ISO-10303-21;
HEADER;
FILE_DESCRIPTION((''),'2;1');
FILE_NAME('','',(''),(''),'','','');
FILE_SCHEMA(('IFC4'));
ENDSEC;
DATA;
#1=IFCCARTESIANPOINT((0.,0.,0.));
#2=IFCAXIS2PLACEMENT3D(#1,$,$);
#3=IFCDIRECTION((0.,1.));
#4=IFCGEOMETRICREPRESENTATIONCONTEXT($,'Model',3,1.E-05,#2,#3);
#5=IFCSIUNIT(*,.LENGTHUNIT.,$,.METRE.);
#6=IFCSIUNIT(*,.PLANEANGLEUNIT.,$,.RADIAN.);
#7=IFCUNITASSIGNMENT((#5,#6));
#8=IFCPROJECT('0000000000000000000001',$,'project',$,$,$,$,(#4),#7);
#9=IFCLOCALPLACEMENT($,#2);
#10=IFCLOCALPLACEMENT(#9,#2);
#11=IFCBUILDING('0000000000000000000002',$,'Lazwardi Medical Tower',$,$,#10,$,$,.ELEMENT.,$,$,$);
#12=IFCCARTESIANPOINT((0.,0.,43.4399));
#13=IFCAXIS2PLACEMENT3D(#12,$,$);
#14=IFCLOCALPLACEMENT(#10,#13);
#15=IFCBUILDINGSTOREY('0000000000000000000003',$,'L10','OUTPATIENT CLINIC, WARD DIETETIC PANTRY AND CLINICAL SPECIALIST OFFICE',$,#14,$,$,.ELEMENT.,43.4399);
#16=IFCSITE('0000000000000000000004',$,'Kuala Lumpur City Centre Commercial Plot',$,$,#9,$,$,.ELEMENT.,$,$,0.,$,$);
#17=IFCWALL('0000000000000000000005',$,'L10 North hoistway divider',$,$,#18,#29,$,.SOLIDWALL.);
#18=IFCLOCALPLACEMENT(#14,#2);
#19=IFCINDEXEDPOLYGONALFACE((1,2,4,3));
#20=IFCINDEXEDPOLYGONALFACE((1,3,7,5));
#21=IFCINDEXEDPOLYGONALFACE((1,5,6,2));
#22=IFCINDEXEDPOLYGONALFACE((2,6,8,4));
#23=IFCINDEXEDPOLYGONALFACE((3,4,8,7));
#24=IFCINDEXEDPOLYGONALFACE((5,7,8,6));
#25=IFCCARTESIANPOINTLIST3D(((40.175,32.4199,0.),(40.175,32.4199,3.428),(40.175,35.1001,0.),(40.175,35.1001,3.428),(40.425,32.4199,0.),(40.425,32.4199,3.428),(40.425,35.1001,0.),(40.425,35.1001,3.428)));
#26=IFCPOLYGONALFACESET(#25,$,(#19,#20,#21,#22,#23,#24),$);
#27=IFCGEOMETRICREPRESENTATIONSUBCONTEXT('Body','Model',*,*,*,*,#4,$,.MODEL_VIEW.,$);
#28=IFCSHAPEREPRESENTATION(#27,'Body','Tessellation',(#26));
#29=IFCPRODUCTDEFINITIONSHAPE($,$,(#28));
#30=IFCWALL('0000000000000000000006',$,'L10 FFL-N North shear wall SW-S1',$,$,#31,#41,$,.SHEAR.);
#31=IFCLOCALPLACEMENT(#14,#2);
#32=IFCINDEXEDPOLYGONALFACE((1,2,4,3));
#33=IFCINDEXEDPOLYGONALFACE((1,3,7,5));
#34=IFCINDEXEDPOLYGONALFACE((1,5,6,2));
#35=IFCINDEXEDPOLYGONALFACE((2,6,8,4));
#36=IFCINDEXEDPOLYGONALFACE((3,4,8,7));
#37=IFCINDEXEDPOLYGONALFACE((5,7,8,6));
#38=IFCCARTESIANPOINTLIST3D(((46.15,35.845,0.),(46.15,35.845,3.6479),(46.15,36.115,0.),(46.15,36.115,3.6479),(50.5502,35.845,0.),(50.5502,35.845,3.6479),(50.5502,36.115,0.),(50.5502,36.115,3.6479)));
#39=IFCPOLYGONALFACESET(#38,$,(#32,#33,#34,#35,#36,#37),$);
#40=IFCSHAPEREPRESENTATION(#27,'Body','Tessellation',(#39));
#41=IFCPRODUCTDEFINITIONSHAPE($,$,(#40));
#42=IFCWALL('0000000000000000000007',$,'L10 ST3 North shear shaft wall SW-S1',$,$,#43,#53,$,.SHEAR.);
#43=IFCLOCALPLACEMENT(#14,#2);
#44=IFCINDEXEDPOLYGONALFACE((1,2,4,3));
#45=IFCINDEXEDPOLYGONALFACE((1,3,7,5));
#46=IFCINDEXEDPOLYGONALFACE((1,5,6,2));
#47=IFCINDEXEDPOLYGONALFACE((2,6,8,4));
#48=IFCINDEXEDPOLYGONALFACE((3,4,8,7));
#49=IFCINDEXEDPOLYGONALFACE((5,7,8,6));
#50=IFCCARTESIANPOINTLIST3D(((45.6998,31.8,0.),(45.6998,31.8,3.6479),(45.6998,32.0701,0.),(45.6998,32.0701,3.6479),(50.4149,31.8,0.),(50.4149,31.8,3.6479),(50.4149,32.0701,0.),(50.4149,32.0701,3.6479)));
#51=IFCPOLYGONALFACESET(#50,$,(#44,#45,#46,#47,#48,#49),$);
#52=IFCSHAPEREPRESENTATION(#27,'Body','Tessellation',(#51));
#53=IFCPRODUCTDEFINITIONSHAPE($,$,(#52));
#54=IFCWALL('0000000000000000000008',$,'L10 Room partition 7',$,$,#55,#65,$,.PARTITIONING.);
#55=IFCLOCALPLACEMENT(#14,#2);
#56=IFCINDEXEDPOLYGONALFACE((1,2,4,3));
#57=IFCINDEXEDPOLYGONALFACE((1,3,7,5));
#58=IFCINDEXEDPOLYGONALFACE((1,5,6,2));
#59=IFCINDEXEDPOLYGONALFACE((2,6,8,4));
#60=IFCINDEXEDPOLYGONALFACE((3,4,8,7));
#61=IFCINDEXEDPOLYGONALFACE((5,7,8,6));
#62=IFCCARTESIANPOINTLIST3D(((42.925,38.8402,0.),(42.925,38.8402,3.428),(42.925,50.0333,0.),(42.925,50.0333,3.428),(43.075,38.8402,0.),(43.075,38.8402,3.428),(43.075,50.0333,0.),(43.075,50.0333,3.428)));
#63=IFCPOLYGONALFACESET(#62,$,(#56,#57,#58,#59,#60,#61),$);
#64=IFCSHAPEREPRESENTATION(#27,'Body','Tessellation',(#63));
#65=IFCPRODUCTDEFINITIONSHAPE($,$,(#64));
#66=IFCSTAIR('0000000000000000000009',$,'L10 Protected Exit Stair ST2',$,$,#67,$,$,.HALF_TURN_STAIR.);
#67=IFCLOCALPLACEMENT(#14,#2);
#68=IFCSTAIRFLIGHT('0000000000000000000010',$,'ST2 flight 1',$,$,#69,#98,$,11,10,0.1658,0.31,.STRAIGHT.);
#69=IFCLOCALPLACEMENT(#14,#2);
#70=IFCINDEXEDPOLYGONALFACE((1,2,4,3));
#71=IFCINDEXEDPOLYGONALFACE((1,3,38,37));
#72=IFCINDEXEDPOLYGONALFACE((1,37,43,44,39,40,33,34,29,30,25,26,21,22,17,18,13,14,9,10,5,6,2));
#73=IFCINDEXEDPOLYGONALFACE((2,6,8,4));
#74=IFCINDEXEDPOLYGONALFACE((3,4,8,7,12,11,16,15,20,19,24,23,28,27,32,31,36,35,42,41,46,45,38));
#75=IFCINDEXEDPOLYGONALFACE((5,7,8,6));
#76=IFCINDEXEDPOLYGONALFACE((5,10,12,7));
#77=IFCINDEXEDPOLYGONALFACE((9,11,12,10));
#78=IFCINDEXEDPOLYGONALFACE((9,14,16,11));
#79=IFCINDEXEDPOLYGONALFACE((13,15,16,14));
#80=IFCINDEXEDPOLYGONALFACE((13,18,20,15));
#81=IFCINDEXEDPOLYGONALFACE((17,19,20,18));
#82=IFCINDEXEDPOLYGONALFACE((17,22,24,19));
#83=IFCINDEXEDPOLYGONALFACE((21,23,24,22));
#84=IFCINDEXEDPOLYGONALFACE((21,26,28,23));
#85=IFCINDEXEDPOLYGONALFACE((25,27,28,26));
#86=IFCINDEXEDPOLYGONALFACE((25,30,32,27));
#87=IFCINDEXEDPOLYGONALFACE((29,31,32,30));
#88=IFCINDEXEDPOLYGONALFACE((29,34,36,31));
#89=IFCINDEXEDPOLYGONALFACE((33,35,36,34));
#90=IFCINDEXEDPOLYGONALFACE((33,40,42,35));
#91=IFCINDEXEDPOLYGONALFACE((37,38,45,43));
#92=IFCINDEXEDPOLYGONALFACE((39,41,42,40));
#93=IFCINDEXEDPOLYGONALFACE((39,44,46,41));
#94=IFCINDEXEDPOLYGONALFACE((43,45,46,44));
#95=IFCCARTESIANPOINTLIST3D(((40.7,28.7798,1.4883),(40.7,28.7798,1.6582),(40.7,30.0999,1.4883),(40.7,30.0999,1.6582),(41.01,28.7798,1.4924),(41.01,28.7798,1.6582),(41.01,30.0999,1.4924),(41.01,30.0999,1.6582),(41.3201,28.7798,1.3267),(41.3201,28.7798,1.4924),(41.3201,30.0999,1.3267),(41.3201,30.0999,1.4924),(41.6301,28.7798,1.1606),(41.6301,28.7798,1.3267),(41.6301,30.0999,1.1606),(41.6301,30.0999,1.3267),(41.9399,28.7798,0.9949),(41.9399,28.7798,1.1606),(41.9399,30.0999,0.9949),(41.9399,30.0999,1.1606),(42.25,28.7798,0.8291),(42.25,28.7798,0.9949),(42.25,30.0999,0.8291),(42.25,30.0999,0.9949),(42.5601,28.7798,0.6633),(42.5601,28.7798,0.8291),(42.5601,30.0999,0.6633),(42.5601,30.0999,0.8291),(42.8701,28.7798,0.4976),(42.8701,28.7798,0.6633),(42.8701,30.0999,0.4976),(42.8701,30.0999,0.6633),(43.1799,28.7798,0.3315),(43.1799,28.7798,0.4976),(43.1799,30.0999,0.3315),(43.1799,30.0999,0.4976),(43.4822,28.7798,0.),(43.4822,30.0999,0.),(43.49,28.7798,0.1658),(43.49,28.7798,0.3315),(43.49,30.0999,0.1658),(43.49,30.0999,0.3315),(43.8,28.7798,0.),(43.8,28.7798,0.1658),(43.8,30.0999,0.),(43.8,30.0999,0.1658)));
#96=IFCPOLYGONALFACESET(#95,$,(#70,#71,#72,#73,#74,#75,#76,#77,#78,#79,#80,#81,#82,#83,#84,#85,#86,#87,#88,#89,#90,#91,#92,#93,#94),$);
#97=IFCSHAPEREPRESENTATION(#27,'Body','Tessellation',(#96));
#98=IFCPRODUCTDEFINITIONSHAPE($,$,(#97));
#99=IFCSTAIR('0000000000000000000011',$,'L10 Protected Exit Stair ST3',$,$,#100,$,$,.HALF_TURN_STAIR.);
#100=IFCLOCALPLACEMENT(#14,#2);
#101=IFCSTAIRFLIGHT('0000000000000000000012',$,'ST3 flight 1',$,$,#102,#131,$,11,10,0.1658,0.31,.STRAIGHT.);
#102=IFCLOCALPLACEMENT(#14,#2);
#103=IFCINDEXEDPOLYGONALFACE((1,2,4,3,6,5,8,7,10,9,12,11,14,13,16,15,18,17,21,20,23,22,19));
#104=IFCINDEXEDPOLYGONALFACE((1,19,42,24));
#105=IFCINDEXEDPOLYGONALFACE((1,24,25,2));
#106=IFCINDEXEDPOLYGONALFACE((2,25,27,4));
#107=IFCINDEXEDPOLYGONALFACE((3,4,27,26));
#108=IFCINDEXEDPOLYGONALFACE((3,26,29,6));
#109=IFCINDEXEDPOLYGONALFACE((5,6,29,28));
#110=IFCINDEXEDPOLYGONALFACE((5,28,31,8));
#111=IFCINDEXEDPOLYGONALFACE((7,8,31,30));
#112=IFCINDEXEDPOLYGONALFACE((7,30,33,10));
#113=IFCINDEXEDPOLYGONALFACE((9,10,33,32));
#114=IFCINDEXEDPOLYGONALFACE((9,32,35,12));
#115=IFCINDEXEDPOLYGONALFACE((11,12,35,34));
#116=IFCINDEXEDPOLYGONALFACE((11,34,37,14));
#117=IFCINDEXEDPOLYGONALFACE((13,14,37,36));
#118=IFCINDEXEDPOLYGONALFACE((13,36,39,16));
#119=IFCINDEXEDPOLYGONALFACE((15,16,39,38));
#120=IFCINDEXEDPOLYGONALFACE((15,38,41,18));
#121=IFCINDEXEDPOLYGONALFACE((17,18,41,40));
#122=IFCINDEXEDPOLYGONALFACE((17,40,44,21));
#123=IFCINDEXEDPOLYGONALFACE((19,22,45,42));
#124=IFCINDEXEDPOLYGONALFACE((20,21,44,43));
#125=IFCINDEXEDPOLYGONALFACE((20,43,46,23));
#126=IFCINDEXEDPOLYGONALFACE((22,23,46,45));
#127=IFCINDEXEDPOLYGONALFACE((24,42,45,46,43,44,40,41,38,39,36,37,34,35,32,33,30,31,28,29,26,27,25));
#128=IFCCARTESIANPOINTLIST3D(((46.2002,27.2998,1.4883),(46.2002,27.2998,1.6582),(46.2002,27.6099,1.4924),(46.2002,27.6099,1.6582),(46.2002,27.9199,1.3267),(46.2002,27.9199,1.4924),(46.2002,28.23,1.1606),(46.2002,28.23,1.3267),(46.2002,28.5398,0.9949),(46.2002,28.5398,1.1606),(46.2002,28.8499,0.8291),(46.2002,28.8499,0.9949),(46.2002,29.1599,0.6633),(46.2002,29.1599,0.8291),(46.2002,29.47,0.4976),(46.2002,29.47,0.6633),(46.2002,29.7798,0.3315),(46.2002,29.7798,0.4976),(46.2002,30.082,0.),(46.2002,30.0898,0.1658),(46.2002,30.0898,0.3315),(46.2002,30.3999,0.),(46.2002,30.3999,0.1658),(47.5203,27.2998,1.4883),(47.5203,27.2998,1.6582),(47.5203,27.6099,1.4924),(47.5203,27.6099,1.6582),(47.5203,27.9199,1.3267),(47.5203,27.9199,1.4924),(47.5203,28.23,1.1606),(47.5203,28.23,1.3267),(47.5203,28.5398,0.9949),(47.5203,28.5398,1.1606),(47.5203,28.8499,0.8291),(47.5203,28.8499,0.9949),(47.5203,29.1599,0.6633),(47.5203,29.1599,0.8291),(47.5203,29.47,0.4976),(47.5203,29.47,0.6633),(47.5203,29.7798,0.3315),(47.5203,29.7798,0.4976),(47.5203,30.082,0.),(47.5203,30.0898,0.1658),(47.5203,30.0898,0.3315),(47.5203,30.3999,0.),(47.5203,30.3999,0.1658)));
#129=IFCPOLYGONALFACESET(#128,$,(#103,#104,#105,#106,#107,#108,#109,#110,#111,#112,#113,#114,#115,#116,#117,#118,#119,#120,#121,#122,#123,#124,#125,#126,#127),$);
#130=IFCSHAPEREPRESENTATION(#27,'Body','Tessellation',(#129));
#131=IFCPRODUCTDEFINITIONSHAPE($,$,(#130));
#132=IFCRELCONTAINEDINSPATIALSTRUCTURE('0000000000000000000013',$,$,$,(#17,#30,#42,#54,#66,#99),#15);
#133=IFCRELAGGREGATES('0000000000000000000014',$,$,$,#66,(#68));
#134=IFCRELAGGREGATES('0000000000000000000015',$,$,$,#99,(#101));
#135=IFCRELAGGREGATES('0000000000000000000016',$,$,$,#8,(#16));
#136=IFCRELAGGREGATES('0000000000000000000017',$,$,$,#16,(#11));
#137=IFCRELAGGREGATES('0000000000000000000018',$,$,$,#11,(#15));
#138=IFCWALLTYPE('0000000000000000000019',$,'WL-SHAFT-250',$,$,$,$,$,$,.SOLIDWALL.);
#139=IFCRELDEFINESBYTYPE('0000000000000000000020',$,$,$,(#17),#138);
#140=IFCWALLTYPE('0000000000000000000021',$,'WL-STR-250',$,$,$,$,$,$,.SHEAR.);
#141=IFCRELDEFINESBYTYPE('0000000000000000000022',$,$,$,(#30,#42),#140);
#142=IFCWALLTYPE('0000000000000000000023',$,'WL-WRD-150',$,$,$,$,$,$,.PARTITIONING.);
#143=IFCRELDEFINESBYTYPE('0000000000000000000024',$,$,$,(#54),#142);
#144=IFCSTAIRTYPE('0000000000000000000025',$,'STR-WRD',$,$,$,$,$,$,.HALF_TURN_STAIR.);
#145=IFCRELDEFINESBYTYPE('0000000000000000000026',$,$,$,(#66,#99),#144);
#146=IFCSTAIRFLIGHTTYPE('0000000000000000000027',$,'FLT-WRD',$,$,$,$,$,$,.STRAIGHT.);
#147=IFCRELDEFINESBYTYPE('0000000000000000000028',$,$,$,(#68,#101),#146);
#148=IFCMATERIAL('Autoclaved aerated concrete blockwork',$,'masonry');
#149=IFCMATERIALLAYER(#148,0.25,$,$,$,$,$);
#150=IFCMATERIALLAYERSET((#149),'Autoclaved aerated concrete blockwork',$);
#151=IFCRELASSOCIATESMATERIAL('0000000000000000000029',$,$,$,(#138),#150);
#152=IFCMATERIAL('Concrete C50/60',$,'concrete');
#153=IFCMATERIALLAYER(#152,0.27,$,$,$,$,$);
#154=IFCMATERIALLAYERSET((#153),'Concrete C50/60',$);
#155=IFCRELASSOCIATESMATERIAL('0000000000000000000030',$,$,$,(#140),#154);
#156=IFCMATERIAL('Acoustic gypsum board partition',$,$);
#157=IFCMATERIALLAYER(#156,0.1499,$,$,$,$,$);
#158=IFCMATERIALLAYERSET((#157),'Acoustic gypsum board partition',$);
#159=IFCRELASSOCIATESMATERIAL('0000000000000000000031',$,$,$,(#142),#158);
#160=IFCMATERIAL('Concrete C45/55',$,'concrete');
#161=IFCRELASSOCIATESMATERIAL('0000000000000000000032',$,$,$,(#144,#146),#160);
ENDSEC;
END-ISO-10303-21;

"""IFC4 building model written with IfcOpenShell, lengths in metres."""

from ifc_helpers import new_model, si_unit, direction, frame, frame_2d, origin, place, context, subcontext, project, spatial, polyline, rectangle, outline, extrude, material, layer, layer_set, type_object, element, aggregate, save


model = new_model("IFC4")

# Units and contexts
model_context = context("Model", 3, precision=1e-05, world=origin(), true_north=direction((0.0, 1.0)))
body_context = subcontext(model_context, "Body", "Model", "MODEL_VIEW")
ifc_project = project(units=[si_unit("LENGTHUNIT", "METRE"), si_unit("PLANEANGLEUNIT", "RADIAN")], contexts=[model_context])

# Site, building, storey
site_placement = place(None, origin())
site = spatial("IfcSite", under=ifc_project, at=site_placement, Name="Kuala Lumpur City Centre Commercial Plot", CompositionType="ELEMENT", RefElevation=0.0)
building_placement = place(site_placement, origin())
building = spatial("IfcBuilding", under=site, at=building_placement, Name="Lazwardi Medical Tower", CompositionType="ELEMENT")
storey_placement = place(building_placement, frame((0.0, 0.0, 43.4399)))
storey = spatial("IfcBuildingStorey", under=building, at=storey_placement, Name="L10", Description="OUTPATIENT CLINIC, WARD DIETETIC PANTRY AND CLINICAL SPECIALIST OFFICE", CompositionType="ELEMENT", Elevation=43.4399)

# Wall
ifc_material_1 = material(Name="Autoclaved aerated concrete blockwork", Category="masonry")
ifc_layer_1 = layer(ifc_material_1, 0.25)
ifc_layer_set_1 = layer_set([ifc_layer_1], Name="Autoclaved aerated concrete blockwork")
wall_type_1 = type_object("IfcWallType", Name="WL-SHAFT-250", PredefinedType="SOLIDWALL", material=ifc_layer_set_1)
for number, where, z_axis, x_axis, name in (
    (1, (40.3, 32.4199, 0.0), (0.0, 0.0, 1.0), (0.0, 1.0, 0.0), "L10 North hoistway divider"),
):
    element("IfcWall", number, at=place(storey_placement, frame(where, z_axis=z_axis, x_axis=x_axis)), inside=storey, type_object=wall_type_1, Name=name, PredefinedType="SOLIDWALL", context=body_context, shape_type="SweptSolid", body=[
        extrude(rectangle(XDim=2.6802, YDim=0.25, at=frame_2d((1.3401, 0.0))), origin(), (0.0, 0.0, 1.0), 3.428),
    ])

# Shared definitions
ifc_material_2 = material(Name="Concrete C50/60", Category="concrete")
ifc_layer_2 = layer(ifc_material_2, 0.27)
ifc_layer_set_2 = layer_set([ifc_layer_2], Name="Concrete C50/60")
wall_type_2 = type_object("IfcWallType", Name="WL-STR-250", PredefinedType="SHEAR", material=ifc_layer_set_2)

# Walls
wall_1_placement = place(storey_placement, frame((46.1499, 35.98, 0.0), z_axis=(0.0, 0.0, 1.0), x_axis=(1.0, 0.0, 0.0)))
element("IfcWall", 2, at=wall_1_placement, inside=storey, type_object=wall_type_2, Name="L10 FFL-N North shear wall SW-S1", PredefinedType="SHEAR", context=body_context, shape_type="SweptSolid", body=[
    extrude(rectangle(XDim=4.4001, YDim=0.27, at=frame_2d((2.2002, 0.0))), origin(), (0.0, 0.0, 1.0), 3.6479),
])
wall_2_placement = place(storey_placement, frame((45.7, 31.9351, 0.0), z_axis=(0.0, 0.0, 1.0), x_axis=(1.0, 0.0, 0.0)))
element("IfcWall", 3, at=wall_2_placement, inside=storey, type_object=wall_type_2, Name="L10 ST3 North shear shaft wall SW-S1", PredefinedType="SHEAR", context=body_context, shape_type="SweptSolid", body=[
    extrude(rectangle(XDim=4.7151, YDim=0.27, at=frame_2d((2.3574, 0.0))), origin(), (0.0, 0.0, 1.0), 3.6479),
])
ifc_material_3 = material(Name="Acoustic gypsum board partition")
ifc_layer_3 = layer(ifc_material_3, 0.1499)
ifc_layer_set_3 = layer_set([ifc_layer_3], Name="Acoustic gypsum board partition")
wall_type_3 = type_object("IfcWallType", Name="WL-WRD-150", PredefinedType="PARTITIONING", material=ifc_layer_set_3)
wall_3_placement = place(storey_placement, frame((43.0, 38.8401, 0.0), z_axis=(0.0, 0.0, 1.0), x_axis=(0.0, 1.0, 0.0)))
element("IfcWall", 4, at=wall_3_placement, inside=storey, type_object=wall_type_3, Name="L10 Room partition 7", PredefinedType="PARTITIONING", context=body_context, shape_type="SweptSolid", body=[
    extrude(rectangle(XDim=11.1931, YDim=0.1499, at=frame_2d((5.5967, 0.0))), origin(), (0.0, 0.0, 1.0), 3.428),
])

# Stairs, stair flights
ifc_material_4 = material(Name="Concrete C45/55", Category="concrete")
stair_type = type_object("IfcStairType", Name="STR-WRD", PredefinedType="HALF_TURN_STAIR", material=ifc_material_4)
stair_1_placement = place(storey_placement, origin())
stair_1 = element("IfcStair", 5, at=stair_1_placement, inside=storey, type_object=stair_type, Name="L10 Protected Exit Stair ST2", PredefinedType="HALF_TURN_STAIR")
stair_flight_type = type_object("IfcStairFlightType", Name="FLT-WRD", PredefinedType="STRAIGHT", material=ifc_material_4)
stair_flight_1_placement = place(storey_placement, frame((43.8, 29.4399, 0.0), z_axis=(0.0, 0.0, 1.0), x_axis=(-1.0, 0.0, 0.0)))
stair_flight_1 = element("IfcStairFlight", 6, at=stair_flight_1_placement, type_object=stair_flight_type, Name="ST2 flight 1", NumberOfRisers=11, NumberOfTreads=10, PredefinedType="STRAIGHT", RiserHeight=0.1658, TreadLength=0.31, context=body_context, shape_type="SweptSolid", body=[
    extrude(outline(polyline([(0.0, 0.0), (0.0, 0.1658), (0.3101, 0.1658), (0.3101, 0.3315), (0.6201, 0.3315), (0.6201, 0.4976), (0.9299, 0.4976), (0.9299, 0.6633), (1.24, 0.6633), (1.24, 0.8291), (1.55, 0.8291), (1.55, 0.9949), (1.8601, 0.9949), (1.8601, 1.1606), (2.1699, 1.1606), (2.1699, 1.3267), (2.48, 1.3267), (2.48, 1.4924), (2.79, 1.4924), (2.79, 1.6582), (3.1001, 1.6582), (3.1001, 1.824), (3.1001, 1.4883), (0.3179, 0.0), (0.0, 0.0)])), frame((0.0, 0.6602, 0.0), z_axis=(0.0, -1.0, 0.0), x_axis=(1.0, 0.0, 0.0)), (0.0, 0.0, 1.0), 1.3201),
])
aggregate(stair_1, [stair_flight_1])
stair_2_placement = place(storey_placement, origin())
stair_2 = element("IfcStair", 7, at=stair_2_placement, inside=storey, type_object=stair_type, Name="L10 Protected Exit Stair ST3", PredefinedType="HALF_TURN_STAIR")
stair_flight_2_placement = place(storey_placement, frame((46.8601, 30.3999, 0.0), z_axis=(0.0, 0.0, 1.0), x_axis=(0.0, -1.0, 0.0)))
stair_flight_2 = element("IfcStairFlight", 8, at=stair_flight_2_placement, type_object=stair_flight_type, Name="ST3 flight 1", NumberOfRisers=11, NumberOfTreads=10, PredefinedType="STRAIGHT", RiserHeight=0.1658, TreadLength=0.31, context=body_context, shape_type="SweptSolid", body=[
    extrude(outline(polyline([(0.0, 0.0), (0.0, 0.1658), (0.3101, 0.1658), (0.3101, 0.3315), (0.6201, 0.3315), (0.6201, 0.4976), (0.9299, 0.4976), (0.9299, 0.6633), (1.24, 0.6633), (1.24, 0.8291), (1.55, 0.8291), (1.55, 0.9949), (1.8601, 0.9949), (1.8601, 1.1606), (2.1699, 1.1606), (2.1699, 1.3267), (2.48, 1.3267), (2.48, 1.4924), (2.79, 1.4924), (2.79, 1.6582), (3.1001, 1.6582), (3.1001, 1.824), (3.1001, 1.4883), (0.3179, 0.0), (0.0, 0.0)])), frame((0.0, 0.6602, 0.0), z_axis=(0.0, -1.0, 0.0), x_axis=(1.0, 0.0, 0.0)), (0.0, 0.0, 1.0), 1.3201),
])
aggregate(stair_2, [stair_flight_2])

save(model, "model.ifc")
